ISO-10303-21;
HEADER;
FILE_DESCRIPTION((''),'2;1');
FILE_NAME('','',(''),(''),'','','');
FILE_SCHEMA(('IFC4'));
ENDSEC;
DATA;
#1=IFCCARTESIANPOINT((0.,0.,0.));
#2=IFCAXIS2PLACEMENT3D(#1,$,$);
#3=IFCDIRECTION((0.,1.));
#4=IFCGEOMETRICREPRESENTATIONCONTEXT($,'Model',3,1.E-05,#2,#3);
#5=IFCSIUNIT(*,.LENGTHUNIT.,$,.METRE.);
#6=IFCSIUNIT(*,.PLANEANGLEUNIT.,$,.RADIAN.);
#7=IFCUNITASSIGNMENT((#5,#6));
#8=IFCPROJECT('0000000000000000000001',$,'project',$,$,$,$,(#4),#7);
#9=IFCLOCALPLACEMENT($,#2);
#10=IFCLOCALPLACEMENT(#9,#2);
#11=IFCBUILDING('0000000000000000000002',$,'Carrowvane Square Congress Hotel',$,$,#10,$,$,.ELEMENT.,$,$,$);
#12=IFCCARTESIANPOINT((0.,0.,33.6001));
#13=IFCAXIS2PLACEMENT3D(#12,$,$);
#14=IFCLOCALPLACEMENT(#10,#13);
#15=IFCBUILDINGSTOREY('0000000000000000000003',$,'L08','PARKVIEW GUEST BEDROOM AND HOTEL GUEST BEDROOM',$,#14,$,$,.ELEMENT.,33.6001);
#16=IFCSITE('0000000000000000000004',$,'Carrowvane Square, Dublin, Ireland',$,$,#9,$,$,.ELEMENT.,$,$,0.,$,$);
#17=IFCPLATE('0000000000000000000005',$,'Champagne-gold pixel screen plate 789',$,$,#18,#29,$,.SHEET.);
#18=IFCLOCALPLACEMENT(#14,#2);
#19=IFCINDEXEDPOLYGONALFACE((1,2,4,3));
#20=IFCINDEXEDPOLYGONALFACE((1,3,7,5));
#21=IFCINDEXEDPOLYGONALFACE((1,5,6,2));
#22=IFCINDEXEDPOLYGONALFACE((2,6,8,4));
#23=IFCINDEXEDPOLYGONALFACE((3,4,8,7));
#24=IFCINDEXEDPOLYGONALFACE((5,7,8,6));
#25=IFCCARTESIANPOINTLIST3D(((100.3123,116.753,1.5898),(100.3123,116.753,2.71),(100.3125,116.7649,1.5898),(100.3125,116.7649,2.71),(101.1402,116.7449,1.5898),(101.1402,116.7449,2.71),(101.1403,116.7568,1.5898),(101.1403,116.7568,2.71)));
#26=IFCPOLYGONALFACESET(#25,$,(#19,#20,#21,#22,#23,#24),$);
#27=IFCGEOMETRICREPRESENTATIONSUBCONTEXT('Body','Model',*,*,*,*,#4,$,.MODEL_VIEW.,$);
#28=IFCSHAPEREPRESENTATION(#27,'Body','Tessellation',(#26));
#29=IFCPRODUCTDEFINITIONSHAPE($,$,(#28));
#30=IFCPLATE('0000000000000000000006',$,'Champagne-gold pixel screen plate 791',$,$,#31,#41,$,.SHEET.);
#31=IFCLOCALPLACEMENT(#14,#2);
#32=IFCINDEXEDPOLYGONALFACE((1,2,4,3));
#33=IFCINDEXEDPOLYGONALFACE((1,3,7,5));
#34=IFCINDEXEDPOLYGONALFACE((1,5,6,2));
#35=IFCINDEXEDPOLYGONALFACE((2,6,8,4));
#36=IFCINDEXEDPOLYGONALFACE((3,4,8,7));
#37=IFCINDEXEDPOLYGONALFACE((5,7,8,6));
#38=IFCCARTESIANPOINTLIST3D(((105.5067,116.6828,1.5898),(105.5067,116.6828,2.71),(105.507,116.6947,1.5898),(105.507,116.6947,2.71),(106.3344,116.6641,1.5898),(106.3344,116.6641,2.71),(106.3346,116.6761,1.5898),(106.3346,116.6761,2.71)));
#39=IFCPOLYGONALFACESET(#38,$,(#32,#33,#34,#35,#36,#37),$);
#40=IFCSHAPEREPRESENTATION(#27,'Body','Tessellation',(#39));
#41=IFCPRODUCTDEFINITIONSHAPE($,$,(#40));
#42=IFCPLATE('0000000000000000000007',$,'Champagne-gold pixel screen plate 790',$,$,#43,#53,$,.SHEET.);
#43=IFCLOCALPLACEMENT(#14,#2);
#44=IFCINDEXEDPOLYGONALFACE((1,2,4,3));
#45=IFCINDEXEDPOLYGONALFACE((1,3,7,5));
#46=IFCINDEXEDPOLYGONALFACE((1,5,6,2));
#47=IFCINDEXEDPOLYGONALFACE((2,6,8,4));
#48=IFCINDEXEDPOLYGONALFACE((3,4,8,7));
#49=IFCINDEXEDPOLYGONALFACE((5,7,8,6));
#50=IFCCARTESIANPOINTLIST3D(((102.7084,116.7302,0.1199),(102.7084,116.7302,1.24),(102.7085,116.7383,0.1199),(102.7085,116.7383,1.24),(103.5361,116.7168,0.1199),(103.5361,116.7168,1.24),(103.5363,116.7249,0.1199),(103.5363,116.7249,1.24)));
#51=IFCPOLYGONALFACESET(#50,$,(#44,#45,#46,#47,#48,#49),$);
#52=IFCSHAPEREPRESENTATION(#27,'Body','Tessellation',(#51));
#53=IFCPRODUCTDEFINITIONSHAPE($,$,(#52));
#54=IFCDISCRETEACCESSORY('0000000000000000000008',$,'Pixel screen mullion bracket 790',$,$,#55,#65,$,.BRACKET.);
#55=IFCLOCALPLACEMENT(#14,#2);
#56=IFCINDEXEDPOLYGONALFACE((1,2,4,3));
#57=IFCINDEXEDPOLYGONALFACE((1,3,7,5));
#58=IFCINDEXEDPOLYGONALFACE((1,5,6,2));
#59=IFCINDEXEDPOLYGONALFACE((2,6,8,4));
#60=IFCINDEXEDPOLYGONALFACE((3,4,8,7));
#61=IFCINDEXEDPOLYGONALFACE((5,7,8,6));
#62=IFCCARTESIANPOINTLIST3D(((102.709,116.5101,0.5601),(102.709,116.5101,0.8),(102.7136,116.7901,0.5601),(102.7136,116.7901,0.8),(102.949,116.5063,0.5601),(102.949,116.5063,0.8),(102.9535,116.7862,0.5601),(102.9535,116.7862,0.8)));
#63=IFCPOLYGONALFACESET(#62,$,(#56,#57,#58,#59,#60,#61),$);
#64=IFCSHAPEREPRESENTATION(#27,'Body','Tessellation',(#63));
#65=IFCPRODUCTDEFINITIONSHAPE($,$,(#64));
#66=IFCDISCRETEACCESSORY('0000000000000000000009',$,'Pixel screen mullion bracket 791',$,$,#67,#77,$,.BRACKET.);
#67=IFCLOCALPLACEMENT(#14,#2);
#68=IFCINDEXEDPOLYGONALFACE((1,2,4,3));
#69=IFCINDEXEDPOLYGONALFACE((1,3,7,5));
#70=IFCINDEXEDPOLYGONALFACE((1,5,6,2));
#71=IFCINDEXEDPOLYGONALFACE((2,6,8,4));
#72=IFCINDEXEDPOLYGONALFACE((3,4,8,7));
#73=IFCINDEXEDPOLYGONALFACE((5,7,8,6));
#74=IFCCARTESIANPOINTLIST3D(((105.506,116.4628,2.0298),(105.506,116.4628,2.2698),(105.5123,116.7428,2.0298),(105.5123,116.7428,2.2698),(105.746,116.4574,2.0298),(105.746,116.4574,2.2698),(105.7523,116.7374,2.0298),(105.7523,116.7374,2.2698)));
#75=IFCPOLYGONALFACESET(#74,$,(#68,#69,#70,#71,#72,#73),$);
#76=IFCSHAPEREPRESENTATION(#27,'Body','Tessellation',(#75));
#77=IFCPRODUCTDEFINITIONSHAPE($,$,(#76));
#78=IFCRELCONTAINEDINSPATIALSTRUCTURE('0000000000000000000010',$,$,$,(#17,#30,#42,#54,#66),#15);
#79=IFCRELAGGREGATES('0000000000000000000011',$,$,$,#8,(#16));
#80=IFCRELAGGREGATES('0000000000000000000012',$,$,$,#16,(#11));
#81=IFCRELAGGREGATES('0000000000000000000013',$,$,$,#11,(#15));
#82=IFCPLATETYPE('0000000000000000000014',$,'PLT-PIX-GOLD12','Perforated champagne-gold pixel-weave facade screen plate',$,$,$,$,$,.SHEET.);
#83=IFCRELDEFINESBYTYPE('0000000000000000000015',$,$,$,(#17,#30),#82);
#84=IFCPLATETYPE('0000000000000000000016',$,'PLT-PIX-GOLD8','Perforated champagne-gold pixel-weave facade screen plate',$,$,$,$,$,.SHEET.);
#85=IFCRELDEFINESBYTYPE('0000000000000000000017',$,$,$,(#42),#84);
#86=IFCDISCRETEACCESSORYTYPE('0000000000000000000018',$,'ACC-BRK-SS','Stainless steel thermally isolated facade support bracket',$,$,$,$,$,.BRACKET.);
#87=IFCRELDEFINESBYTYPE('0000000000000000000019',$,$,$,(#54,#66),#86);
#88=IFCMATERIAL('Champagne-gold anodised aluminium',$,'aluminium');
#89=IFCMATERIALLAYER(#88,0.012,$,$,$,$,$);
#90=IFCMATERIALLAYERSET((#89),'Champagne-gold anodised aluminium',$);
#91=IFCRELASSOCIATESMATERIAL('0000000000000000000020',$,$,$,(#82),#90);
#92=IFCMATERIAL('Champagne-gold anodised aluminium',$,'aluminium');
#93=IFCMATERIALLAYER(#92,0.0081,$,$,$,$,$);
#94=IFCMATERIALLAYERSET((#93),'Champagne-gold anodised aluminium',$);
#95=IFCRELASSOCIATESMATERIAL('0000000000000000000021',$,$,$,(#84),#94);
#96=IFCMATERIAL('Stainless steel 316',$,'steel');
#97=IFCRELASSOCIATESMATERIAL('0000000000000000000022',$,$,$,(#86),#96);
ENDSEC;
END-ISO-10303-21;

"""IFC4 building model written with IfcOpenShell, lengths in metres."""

from ifc_helpers import new_model, si_unit, direction, frame, origin, origin_2d, place, context, subcontext, project, spatial, rectangle, extrude, material, layer, layer_set, type_object, element, save


model = new_model("IFC4")

# Units and contexts
model_context = context("Model", 3, precision=1e-05, world=origin(), true_north=direction((0.0, 1.0)))
body_context = subcontext(model_context, "Body", "Model", "MODEL_VIEW")
ifc_project = project(units=[si_unit("LENGTHUNIT", "METRE"), si_unit("PLANEANGLEUNIT", "RADIAN")], contexts=[model_context])

# Site, building, storey
site_placement = place(None, origin())
site = spatial("IfcSite", under=ifc_project, at=site_placement, Name="Carrowvane Square, Dublin, Ireland", CompositionType="ELEMENT", RefElevation=0.0)
building_placement = place(site_placement, origin())
building = spatial("IfcBuilding", under=site, at=building_placement, Name="Carrowvane Square Congress Hotel", CompositionType="ELEMENT")
storey_placement = place(building_placement, frame((0.0, 0.0, 33.6001)))
storey = spatial("IfcBuildingStorey", under=building, at=storey_placement, Name="L08", Description="PARKVIEW GUEST BEDROOM AND HOTEL GUEST BEDROOM", CompositionType="ELEMENT", Elevation=33.6001)

# Plates
ifc_material_1 = material(Name="Champagne-gold anodised aluminium", Category="aluminium")
ifc_layer_1 = layer(ifc_material_1, 0.012)
ifc_layer_set_1 = layer_set([ifc_layer_1], Name="Champagne-gold anodised aluminium")
plate_type_1 = type_object("IfcPlateType", Name="PLT-PIX-GOLD12", Description="Perforated champagne-gold pixel-weave facade screen plate", PredefinedType="SHEET", material=ifc_layer_set_1)
for number, where, z_axis, x_axis, name in (
    (1, (100.7263, 116.7549, 1.5898), (0.0, 0.0, 1.0), (0.999952, -0.009782, 0.0), "Champagne-gold pixel screen plate 789"),
    (2, (105.9207, 116.6794, 1.5898), (0.0, 0.0, 1.0), (0.999746, -0.022519, 0.0), "Champagne-gold pixel screen plate 791"),
):
    element("IfcPlate", number, at=place(storey_placement, frame(where, z_axis=z_axis, x_axis=x_axis)), inside=storey, type_object=plate_type_1, Name=name, PredefinedType="SHEET", context=body_context, shape_type="SweptSolid", body=[
        extrude(rectangle(XDim=0.8279, YDim=0.012, at=origin_2d()), origin(), (0.0, 0.0, 1.0), 1.1201),
    ])
ifc_material_2 = material(Name="Champagne-gold anodised aluminium", Category="aluminium")
ifc_layer_2 = layer(ifc_material_2, 0.0081)
ifc_layer_set_2 = layer_set([ifc_layer_2], Name="Champagne-gold anodised aluminium")
plate_type_2 = type_object("IfcPlateType", Name="PLT-PIX-GOLD8", Description="Perforated champagne-gold pixel-weave facade screen plate", PredefinedType="SHEET", material=ifc_layer_set_2)
plate_1_placement = place(storey_placement, frame((103.1223, 116.7275, 0.1199), z_axis=(0.0, 0.0, 1.0), x_axis=(0.999869, -0.016216, 0.0)))
element("IfcPlate", 3, at=plate_1_placement, inside=storey, type_object=plate_type_2, Name="Champagne-gold pixel screen plate 790", PredefinedType="SHEET", context=body_context, shape_type="SweptSolid", body=[
    extrude(rectangle(XDim=0.8279, YDim=0.0081, at=origin_2d()), origin(), (0.0, 0.0, 1.0), 1.1201),
])

# Discrete accessories
ifc_material_3 = material(Name="Stainless steel 316", Category="steel")
discrete_accessory_type = type_object("IfcDiscreteAccessoryType", Name="ACC-BRK-SS", Description="Stainless steel thermally isolated facade support bracket", PredefinedType="BRACKET", material=ifc_material_3)
for number, where, z_axis, x_axis, name in (
    (4, (102.8313, 116.6482, 0.5601), (0.0, 0.0, 1.0), (0.999869, -0.016216, 0.0), "Pixel screen mullion bracket 790"),
    (5, (105.6292, 116.6001, 2.0298), (0.0, 0.0, 1.0), (0.999746, -0.022519, 0.0), "Pixel screen mullion bracket 791"),
):
    element("IfcDiscreteAccessory", number, at=place(storey_placement, frame(where, z_axis=z_axis, x_axis=x_axis)), inside=storey, type_object=discrete_accessory_type, Name=name, PredefinedType="BRACKET", context=body_context, shape_type="SweptSolid", body=[
        extrude(rectangle(XDim=0.24, YDim=0.28, at=origin_2d()), origin(), (0.0, 0.0, 1.0), 0.24),
    ])

save(model, "model.ifc")
